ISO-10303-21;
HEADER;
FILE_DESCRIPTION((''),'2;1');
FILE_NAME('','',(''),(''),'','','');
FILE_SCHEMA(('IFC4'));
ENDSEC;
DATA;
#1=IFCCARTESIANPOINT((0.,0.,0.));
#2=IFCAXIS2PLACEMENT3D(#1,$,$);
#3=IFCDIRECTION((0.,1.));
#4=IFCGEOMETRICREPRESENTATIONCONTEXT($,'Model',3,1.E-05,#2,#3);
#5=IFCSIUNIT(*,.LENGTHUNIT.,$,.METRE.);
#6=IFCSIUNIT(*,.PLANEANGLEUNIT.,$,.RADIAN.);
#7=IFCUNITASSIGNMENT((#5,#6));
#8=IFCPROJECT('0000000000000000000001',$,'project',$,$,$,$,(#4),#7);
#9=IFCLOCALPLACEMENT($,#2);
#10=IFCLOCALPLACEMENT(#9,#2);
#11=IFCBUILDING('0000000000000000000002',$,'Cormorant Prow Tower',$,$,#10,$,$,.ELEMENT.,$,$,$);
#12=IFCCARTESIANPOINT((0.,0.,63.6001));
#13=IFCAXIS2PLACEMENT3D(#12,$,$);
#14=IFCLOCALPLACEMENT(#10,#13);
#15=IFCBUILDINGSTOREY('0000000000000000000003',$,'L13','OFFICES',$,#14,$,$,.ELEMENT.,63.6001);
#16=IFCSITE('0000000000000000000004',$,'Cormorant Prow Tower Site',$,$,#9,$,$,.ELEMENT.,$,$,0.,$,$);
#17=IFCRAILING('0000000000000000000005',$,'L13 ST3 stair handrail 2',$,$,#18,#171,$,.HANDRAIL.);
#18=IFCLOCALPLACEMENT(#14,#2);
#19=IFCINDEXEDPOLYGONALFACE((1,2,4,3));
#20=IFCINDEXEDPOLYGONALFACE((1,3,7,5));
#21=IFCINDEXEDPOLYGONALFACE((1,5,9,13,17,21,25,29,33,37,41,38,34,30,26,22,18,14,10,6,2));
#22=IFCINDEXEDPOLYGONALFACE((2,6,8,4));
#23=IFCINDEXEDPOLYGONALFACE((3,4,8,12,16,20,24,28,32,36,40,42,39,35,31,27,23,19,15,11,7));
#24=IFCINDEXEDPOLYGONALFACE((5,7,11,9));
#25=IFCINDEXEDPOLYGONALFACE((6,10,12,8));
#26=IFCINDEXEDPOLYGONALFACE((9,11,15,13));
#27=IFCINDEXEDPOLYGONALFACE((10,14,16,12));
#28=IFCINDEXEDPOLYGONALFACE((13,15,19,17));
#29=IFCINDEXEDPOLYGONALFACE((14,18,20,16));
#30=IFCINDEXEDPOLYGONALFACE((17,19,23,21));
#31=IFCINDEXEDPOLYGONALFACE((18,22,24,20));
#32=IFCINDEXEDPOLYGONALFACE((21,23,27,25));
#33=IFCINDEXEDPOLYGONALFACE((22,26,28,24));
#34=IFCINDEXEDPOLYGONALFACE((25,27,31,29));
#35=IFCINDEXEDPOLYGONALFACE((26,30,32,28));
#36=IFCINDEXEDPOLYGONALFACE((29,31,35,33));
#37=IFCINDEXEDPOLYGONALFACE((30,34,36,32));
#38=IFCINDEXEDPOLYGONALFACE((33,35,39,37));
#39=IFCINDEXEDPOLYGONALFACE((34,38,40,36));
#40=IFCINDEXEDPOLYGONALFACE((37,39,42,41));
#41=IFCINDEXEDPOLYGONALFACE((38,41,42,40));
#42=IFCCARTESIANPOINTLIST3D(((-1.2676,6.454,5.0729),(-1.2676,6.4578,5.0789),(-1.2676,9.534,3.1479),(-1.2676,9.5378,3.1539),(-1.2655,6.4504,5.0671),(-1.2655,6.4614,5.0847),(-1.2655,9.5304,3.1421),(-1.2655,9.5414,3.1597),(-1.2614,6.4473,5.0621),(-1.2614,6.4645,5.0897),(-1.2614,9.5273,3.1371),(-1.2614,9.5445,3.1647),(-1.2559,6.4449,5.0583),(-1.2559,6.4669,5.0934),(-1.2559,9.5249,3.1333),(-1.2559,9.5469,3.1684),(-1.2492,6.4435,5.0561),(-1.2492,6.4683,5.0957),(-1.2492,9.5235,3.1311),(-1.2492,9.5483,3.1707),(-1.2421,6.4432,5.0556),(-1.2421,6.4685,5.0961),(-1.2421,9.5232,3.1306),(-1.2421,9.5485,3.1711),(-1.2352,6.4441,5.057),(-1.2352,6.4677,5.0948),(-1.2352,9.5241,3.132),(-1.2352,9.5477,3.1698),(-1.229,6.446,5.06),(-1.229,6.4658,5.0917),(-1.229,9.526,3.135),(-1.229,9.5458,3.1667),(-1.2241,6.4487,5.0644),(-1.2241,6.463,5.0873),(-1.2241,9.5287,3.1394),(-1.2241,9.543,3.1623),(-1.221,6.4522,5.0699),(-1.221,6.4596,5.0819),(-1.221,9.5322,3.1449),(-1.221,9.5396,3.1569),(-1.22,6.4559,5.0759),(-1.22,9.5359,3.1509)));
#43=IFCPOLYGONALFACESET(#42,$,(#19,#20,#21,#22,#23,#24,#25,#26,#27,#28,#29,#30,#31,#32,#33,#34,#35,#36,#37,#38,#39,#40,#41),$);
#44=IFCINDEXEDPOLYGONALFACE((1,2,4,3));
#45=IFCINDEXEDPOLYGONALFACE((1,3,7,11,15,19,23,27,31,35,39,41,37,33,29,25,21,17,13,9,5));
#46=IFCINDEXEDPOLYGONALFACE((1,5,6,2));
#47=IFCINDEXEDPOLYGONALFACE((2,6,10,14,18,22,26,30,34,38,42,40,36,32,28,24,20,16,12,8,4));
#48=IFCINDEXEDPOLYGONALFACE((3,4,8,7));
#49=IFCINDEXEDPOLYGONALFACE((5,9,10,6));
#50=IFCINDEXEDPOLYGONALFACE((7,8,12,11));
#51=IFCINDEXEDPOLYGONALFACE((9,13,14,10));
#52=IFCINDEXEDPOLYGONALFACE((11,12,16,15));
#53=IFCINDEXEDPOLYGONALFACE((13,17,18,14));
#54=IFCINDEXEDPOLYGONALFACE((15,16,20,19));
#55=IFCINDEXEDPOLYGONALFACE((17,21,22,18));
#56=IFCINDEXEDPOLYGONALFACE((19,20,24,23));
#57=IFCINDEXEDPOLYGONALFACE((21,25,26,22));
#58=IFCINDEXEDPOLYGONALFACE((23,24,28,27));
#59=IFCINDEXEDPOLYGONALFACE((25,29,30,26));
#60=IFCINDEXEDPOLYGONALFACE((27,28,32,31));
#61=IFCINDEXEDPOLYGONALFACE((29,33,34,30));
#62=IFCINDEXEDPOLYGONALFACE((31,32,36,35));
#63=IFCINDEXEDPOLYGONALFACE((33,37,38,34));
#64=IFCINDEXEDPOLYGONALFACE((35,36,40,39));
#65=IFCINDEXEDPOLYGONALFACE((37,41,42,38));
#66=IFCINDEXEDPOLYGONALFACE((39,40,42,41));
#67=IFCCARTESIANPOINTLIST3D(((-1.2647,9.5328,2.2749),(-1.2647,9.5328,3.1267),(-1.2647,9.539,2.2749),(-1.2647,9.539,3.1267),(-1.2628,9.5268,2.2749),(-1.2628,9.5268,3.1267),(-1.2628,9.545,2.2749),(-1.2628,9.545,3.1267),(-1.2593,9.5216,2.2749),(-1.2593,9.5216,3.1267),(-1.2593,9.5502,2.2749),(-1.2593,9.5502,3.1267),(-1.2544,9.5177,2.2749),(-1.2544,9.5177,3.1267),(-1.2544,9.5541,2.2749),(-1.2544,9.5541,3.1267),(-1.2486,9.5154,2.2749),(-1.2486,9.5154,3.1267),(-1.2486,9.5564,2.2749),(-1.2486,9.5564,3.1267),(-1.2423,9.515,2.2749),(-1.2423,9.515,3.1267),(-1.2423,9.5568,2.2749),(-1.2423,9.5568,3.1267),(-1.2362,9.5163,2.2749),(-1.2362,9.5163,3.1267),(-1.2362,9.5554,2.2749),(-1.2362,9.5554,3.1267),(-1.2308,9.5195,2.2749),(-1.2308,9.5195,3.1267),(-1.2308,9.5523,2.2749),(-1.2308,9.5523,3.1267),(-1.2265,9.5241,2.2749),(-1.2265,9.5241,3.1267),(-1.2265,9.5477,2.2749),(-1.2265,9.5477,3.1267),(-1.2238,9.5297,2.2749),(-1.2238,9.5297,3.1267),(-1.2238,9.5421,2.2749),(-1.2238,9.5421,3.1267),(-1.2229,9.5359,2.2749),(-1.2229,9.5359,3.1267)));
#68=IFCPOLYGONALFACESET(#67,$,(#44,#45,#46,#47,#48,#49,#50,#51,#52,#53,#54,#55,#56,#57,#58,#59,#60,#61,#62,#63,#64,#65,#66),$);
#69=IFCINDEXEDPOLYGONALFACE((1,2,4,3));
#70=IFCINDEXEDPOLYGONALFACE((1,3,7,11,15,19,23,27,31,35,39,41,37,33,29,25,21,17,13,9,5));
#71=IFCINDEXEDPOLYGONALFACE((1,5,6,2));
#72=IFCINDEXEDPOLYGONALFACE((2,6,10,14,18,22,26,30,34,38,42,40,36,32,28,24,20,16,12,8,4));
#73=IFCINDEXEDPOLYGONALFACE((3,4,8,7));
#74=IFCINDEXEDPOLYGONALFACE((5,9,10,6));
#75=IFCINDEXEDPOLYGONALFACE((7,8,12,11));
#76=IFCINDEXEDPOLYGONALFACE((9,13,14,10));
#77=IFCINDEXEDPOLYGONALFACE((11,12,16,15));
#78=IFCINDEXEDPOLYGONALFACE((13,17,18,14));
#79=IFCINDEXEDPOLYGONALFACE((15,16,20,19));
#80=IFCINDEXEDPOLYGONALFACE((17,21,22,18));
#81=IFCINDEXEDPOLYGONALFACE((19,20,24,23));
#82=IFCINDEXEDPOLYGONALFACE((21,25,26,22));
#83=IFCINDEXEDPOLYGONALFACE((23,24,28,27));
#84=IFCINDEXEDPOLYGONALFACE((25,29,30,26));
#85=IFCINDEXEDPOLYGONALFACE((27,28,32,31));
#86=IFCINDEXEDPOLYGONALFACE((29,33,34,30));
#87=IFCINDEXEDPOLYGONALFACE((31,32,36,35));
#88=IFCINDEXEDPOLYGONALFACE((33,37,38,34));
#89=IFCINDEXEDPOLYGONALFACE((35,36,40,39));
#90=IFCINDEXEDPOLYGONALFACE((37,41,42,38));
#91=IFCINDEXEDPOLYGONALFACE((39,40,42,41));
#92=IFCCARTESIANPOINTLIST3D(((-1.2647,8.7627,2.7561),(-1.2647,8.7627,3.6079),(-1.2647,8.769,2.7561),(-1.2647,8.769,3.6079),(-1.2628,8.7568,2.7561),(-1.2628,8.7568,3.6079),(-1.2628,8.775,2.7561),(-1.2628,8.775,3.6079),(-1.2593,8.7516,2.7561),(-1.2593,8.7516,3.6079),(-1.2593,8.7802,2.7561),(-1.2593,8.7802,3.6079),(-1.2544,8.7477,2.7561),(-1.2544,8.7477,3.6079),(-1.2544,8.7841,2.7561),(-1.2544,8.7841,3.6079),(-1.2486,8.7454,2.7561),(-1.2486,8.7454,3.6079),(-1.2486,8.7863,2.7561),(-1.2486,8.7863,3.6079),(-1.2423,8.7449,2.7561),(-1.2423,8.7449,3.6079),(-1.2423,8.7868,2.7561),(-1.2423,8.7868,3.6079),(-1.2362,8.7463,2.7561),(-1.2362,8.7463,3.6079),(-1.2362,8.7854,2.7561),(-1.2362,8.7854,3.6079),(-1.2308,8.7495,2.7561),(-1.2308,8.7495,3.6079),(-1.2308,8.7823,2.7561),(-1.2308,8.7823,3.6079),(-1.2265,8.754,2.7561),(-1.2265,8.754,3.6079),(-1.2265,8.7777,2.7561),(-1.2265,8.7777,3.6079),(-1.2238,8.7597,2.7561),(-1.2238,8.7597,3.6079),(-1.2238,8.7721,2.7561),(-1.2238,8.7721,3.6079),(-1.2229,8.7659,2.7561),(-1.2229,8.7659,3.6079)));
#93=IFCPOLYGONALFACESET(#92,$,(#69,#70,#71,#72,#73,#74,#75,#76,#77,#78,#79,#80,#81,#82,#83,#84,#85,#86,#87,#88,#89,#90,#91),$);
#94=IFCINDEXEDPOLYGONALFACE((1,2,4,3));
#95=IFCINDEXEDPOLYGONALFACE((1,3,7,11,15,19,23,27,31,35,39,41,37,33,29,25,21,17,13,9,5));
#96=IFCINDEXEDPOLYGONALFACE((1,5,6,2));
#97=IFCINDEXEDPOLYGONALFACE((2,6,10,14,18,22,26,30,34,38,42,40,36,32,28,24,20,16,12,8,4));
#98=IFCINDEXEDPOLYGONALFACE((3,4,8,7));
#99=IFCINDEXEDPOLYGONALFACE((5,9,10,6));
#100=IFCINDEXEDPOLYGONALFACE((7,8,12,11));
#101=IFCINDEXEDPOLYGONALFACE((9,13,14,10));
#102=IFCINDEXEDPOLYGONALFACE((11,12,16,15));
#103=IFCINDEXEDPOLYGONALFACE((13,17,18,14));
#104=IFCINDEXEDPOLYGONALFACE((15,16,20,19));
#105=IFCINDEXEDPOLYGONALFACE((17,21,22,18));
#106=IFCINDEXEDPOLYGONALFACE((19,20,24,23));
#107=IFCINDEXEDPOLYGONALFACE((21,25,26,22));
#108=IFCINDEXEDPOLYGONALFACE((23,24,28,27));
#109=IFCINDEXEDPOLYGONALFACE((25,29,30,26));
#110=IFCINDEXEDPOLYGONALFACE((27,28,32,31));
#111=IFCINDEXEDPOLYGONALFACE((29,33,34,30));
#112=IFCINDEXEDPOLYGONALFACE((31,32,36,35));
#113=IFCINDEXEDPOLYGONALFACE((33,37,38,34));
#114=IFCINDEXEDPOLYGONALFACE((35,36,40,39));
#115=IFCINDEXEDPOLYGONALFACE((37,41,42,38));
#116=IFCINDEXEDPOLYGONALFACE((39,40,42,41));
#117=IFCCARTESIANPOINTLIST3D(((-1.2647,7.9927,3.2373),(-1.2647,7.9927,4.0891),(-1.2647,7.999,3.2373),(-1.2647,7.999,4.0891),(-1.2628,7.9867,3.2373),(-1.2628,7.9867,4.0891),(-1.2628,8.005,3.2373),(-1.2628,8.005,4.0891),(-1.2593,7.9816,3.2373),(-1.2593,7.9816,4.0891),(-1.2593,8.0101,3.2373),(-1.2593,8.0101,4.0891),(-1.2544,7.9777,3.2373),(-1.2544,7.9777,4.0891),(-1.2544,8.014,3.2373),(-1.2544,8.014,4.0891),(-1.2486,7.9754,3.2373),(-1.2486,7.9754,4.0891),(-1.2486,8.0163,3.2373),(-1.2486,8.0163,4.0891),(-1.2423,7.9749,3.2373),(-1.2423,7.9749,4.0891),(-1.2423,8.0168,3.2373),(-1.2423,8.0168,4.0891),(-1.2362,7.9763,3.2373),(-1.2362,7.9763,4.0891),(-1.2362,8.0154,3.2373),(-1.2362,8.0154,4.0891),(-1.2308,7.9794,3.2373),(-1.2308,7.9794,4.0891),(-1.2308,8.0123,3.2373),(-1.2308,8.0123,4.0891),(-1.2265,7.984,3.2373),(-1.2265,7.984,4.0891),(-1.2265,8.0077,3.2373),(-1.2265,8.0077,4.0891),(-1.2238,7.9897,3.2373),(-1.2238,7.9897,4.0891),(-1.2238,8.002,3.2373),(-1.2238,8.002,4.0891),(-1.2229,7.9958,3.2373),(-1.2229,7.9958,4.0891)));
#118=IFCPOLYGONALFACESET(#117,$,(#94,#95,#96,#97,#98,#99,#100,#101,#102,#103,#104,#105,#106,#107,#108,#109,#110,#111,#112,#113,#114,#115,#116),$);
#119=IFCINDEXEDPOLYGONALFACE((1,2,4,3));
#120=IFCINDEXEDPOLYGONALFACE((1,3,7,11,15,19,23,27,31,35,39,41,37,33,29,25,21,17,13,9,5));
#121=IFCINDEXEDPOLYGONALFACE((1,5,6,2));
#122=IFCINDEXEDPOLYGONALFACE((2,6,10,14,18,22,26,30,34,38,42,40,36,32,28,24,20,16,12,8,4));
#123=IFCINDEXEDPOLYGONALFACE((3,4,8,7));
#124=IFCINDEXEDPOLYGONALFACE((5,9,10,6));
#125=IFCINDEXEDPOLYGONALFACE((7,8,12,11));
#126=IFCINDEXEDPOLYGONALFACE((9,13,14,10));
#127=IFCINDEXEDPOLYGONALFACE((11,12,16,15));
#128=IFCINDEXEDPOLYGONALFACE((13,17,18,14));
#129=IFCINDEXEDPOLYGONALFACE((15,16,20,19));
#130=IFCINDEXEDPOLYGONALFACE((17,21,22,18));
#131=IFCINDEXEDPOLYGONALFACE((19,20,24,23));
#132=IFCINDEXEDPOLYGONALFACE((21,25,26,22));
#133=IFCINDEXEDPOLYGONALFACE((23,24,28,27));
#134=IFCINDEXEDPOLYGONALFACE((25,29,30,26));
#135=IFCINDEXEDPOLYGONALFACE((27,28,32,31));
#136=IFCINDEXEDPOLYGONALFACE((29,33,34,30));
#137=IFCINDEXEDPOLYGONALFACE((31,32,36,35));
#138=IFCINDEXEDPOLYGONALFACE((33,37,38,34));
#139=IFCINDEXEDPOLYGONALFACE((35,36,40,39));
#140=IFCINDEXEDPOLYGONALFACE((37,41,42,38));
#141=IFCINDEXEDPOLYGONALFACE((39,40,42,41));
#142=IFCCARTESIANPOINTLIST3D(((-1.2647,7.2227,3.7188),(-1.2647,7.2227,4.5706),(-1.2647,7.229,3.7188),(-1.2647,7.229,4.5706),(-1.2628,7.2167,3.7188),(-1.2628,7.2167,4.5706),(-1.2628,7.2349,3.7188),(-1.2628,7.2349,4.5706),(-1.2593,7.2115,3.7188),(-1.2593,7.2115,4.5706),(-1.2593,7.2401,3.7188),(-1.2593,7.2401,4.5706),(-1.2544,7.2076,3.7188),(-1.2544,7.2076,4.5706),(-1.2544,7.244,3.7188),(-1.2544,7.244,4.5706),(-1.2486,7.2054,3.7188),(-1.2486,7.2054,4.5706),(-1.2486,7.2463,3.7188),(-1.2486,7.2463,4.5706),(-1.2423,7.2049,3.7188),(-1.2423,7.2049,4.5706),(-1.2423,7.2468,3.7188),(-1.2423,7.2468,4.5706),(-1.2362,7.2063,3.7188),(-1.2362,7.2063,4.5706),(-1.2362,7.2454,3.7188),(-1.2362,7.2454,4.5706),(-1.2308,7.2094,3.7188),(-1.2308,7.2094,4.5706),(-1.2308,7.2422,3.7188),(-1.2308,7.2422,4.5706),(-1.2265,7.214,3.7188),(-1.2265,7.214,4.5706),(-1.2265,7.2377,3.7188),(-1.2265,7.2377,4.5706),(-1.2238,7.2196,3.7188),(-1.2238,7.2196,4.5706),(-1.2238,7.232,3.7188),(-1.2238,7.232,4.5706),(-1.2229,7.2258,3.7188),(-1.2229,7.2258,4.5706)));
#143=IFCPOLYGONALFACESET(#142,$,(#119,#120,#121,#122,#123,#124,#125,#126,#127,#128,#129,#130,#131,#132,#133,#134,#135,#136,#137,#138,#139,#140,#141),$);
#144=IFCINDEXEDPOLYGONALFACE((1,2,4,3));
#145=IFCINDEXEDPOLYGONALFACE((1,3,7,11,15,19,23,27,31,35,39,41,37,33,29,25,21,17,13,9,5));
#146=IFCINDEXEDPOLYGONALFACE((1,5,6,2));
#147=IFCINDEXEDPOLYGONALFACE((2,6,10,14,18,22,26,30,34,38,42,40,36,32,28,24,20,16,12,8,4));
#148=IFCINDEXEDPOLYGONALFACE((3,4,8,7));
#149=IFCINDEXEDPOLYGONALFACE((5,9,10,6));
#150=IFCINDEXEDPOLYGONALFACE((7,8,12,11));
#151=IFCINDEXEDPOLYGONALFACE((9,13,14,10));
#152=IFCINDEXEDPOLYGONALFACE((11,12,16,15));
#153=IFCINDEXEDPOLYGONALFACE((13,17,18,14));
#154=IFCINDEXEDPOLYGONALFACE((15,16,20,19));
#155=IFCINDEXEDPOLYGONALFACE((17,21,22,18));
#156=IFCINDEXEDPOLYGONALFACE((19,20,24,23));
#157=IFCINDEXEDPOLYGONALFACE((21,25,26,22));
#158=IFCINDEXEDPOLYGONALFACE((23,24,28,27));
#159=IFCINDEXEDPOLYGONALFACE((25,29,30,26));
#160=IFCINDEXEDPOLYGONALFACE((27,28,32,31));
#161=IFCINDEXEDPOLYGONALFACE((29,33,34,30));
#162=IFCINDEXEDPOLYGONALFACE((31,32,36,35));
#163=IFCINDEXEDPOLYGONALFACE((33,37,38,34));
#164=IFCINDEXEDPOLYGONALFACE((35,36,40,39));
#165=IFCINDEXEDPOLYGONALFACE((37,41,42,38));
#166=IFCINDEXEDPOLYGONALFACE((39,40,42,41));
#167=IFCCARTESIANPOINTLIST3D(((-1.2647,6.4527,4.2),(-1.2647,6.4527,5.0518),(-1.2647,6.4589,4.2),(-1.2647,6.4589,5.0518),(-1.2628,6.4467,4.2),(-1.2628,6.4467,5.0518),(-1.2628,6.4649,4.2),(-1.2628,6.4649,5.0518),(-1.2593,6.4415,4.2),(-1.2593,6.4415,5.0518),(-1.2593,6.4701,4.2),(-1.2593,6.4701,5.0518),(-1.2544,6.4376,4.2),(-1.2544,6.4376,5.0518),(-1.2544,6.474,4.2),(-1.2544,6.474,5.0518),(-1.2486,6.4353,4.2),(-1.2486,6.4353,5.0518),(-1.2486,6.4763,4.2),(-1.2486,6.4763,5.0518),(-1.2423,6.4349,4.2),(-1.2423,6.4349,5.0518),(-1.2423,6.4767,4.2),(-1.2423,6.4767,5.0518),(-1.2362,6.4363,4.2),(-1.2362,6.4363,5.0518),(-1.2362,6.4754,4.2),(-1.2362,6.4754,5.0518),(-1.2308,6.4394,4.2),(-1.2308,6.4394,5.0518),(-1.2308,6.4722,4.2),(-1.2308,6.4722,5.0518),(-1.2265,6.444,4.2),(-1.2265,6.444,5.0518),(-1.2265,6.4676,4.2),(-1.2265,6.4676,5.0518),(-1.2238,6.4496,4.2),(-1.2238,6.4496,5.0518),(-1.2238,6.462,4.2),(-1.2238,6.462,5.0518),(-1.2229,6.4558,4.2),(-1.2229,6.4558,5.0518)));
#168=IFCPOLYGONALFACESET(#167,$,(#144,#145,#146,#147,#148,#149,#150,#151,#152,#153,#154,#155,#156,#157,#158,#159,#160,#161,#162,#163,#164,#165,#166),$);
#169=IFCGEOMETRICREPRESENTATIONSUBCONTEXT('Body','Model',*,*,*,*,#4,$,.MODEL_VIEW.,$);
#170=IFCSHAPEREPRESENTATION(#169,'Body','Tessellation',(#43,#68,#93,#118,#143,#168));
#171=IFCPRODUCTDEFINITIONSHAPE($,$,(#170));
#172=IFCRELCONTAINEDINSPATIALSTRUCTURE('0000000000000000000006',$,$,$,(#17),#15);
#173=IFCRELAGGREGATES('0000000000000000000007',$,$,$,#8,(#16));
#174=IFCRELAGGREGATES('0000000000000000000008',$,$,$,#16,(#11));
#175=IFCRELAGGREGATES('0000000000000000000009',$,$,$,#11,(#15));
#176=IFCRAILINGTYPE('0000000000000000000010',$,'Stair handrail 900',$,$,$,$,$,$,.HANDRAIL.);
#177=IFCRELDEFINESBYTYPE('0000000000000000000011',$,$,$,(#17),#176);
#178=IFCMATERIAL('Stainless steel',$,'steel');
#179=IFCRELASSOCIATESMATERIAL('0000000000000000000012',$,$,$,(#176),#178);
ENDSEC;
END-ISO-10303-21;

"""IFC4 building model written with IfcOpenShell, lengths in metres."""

from ifc_helpers import new_model, si_unit, direction, frame, origin, origin_2d, place, context, subcontext, project, spatial, circle, extrude, material, type_object, element, save


model = new_model("IFC4")

# Units and contexts
model_context = context("Model", 3, precision=1e-05, world=origin(), true_north=direction((0.0, 1.0)))
body_context = subcontext(model_context, "Body", "Model", "MODEL_VIEW")
ifc_project = project(units=[si_unit("LENGTHUNIT", "METRE"), si_unit("PLANEANGLEUNIT", "RADIAN")], contexts=[model_context])

# Site, building, storey
site_placement = place(None, origin())
site = spatial("IfcSite", under=ifc_project, at=site_placement, Name="Cormorant Prow Tower Site", CompositionType="ELEMENT", RefElevation=0.0)
building_placement = place(site_placement, origin())
building = spatial("IfcBuilding", under=site, at=building_placement, Name="Cormorant Prow Tower", CompositionType="ELEMENT")
storey_placement = place(building_placement, frame((0.0, 0.0, 63.6001)))
storey = spatial("IfcBuildingStorey", under=building, at=storey_placement, Name="L13", Description="OFFICES", CompositionType="ELEMENT", Elevation=63.6001)

# Railing
ifc_material_1 = material(Name="Stainless steel", Category="steel")
railing_type = type_object("IfcRailingType", Name="Stair handrail 900", PredefinedType="HANDRAIL", material=ifc_material_1)
railing_placement = place(storey_placement, frame((-1.2439, 9.5359, 2.2749)))
element("IfcRailing", 1, at=railing_placement, inside=storey, type_object=railing_type, Name="L13 ST3 stair handrail 2", PredefinedType="HANDRAIL", context=body_context, shape_type="SweptSolid", body=[
    extrude(circle(Radius=0.0239, at=origin_2d()), frame((0.0, 0.0, 0.876), z_axis=(0.0, -0.847998, 0.529999), x_axis=(1.0, 0.0, 0.0)), (0.0, 0.0, 1.0), 3.6321),
    extrude(circle(Radius=0.021, at=origin_2d()), origin(), (0.0, 0.0, 1.0), 0.8518),
    extrude(circle(Radius=0.021, at=origin_2d()), frame((0.0, -0.77, 0.4812)), (0.0, 0.0, 1.0), 0.8518),
    extrude(circle(Radius=0.021, at=origin_2d()), frame((0.0, -1.54, 0.9624)), (0.0, 0.0, 1.0), 0.8518),
    extrude(circle(Radius=0.021, at=origin_2d()), frame((0.0, -2.3101, 1.4438)), (0.0, 0.0, 1.0), 0.8518),
    extrude(circle(Radius=0.021, at=origin_2d()), frame((0.0, -3.0801, 1.925)), (0.0, 0.0, 1.0), 0.8518),
])

save(model, "model.ifc")
